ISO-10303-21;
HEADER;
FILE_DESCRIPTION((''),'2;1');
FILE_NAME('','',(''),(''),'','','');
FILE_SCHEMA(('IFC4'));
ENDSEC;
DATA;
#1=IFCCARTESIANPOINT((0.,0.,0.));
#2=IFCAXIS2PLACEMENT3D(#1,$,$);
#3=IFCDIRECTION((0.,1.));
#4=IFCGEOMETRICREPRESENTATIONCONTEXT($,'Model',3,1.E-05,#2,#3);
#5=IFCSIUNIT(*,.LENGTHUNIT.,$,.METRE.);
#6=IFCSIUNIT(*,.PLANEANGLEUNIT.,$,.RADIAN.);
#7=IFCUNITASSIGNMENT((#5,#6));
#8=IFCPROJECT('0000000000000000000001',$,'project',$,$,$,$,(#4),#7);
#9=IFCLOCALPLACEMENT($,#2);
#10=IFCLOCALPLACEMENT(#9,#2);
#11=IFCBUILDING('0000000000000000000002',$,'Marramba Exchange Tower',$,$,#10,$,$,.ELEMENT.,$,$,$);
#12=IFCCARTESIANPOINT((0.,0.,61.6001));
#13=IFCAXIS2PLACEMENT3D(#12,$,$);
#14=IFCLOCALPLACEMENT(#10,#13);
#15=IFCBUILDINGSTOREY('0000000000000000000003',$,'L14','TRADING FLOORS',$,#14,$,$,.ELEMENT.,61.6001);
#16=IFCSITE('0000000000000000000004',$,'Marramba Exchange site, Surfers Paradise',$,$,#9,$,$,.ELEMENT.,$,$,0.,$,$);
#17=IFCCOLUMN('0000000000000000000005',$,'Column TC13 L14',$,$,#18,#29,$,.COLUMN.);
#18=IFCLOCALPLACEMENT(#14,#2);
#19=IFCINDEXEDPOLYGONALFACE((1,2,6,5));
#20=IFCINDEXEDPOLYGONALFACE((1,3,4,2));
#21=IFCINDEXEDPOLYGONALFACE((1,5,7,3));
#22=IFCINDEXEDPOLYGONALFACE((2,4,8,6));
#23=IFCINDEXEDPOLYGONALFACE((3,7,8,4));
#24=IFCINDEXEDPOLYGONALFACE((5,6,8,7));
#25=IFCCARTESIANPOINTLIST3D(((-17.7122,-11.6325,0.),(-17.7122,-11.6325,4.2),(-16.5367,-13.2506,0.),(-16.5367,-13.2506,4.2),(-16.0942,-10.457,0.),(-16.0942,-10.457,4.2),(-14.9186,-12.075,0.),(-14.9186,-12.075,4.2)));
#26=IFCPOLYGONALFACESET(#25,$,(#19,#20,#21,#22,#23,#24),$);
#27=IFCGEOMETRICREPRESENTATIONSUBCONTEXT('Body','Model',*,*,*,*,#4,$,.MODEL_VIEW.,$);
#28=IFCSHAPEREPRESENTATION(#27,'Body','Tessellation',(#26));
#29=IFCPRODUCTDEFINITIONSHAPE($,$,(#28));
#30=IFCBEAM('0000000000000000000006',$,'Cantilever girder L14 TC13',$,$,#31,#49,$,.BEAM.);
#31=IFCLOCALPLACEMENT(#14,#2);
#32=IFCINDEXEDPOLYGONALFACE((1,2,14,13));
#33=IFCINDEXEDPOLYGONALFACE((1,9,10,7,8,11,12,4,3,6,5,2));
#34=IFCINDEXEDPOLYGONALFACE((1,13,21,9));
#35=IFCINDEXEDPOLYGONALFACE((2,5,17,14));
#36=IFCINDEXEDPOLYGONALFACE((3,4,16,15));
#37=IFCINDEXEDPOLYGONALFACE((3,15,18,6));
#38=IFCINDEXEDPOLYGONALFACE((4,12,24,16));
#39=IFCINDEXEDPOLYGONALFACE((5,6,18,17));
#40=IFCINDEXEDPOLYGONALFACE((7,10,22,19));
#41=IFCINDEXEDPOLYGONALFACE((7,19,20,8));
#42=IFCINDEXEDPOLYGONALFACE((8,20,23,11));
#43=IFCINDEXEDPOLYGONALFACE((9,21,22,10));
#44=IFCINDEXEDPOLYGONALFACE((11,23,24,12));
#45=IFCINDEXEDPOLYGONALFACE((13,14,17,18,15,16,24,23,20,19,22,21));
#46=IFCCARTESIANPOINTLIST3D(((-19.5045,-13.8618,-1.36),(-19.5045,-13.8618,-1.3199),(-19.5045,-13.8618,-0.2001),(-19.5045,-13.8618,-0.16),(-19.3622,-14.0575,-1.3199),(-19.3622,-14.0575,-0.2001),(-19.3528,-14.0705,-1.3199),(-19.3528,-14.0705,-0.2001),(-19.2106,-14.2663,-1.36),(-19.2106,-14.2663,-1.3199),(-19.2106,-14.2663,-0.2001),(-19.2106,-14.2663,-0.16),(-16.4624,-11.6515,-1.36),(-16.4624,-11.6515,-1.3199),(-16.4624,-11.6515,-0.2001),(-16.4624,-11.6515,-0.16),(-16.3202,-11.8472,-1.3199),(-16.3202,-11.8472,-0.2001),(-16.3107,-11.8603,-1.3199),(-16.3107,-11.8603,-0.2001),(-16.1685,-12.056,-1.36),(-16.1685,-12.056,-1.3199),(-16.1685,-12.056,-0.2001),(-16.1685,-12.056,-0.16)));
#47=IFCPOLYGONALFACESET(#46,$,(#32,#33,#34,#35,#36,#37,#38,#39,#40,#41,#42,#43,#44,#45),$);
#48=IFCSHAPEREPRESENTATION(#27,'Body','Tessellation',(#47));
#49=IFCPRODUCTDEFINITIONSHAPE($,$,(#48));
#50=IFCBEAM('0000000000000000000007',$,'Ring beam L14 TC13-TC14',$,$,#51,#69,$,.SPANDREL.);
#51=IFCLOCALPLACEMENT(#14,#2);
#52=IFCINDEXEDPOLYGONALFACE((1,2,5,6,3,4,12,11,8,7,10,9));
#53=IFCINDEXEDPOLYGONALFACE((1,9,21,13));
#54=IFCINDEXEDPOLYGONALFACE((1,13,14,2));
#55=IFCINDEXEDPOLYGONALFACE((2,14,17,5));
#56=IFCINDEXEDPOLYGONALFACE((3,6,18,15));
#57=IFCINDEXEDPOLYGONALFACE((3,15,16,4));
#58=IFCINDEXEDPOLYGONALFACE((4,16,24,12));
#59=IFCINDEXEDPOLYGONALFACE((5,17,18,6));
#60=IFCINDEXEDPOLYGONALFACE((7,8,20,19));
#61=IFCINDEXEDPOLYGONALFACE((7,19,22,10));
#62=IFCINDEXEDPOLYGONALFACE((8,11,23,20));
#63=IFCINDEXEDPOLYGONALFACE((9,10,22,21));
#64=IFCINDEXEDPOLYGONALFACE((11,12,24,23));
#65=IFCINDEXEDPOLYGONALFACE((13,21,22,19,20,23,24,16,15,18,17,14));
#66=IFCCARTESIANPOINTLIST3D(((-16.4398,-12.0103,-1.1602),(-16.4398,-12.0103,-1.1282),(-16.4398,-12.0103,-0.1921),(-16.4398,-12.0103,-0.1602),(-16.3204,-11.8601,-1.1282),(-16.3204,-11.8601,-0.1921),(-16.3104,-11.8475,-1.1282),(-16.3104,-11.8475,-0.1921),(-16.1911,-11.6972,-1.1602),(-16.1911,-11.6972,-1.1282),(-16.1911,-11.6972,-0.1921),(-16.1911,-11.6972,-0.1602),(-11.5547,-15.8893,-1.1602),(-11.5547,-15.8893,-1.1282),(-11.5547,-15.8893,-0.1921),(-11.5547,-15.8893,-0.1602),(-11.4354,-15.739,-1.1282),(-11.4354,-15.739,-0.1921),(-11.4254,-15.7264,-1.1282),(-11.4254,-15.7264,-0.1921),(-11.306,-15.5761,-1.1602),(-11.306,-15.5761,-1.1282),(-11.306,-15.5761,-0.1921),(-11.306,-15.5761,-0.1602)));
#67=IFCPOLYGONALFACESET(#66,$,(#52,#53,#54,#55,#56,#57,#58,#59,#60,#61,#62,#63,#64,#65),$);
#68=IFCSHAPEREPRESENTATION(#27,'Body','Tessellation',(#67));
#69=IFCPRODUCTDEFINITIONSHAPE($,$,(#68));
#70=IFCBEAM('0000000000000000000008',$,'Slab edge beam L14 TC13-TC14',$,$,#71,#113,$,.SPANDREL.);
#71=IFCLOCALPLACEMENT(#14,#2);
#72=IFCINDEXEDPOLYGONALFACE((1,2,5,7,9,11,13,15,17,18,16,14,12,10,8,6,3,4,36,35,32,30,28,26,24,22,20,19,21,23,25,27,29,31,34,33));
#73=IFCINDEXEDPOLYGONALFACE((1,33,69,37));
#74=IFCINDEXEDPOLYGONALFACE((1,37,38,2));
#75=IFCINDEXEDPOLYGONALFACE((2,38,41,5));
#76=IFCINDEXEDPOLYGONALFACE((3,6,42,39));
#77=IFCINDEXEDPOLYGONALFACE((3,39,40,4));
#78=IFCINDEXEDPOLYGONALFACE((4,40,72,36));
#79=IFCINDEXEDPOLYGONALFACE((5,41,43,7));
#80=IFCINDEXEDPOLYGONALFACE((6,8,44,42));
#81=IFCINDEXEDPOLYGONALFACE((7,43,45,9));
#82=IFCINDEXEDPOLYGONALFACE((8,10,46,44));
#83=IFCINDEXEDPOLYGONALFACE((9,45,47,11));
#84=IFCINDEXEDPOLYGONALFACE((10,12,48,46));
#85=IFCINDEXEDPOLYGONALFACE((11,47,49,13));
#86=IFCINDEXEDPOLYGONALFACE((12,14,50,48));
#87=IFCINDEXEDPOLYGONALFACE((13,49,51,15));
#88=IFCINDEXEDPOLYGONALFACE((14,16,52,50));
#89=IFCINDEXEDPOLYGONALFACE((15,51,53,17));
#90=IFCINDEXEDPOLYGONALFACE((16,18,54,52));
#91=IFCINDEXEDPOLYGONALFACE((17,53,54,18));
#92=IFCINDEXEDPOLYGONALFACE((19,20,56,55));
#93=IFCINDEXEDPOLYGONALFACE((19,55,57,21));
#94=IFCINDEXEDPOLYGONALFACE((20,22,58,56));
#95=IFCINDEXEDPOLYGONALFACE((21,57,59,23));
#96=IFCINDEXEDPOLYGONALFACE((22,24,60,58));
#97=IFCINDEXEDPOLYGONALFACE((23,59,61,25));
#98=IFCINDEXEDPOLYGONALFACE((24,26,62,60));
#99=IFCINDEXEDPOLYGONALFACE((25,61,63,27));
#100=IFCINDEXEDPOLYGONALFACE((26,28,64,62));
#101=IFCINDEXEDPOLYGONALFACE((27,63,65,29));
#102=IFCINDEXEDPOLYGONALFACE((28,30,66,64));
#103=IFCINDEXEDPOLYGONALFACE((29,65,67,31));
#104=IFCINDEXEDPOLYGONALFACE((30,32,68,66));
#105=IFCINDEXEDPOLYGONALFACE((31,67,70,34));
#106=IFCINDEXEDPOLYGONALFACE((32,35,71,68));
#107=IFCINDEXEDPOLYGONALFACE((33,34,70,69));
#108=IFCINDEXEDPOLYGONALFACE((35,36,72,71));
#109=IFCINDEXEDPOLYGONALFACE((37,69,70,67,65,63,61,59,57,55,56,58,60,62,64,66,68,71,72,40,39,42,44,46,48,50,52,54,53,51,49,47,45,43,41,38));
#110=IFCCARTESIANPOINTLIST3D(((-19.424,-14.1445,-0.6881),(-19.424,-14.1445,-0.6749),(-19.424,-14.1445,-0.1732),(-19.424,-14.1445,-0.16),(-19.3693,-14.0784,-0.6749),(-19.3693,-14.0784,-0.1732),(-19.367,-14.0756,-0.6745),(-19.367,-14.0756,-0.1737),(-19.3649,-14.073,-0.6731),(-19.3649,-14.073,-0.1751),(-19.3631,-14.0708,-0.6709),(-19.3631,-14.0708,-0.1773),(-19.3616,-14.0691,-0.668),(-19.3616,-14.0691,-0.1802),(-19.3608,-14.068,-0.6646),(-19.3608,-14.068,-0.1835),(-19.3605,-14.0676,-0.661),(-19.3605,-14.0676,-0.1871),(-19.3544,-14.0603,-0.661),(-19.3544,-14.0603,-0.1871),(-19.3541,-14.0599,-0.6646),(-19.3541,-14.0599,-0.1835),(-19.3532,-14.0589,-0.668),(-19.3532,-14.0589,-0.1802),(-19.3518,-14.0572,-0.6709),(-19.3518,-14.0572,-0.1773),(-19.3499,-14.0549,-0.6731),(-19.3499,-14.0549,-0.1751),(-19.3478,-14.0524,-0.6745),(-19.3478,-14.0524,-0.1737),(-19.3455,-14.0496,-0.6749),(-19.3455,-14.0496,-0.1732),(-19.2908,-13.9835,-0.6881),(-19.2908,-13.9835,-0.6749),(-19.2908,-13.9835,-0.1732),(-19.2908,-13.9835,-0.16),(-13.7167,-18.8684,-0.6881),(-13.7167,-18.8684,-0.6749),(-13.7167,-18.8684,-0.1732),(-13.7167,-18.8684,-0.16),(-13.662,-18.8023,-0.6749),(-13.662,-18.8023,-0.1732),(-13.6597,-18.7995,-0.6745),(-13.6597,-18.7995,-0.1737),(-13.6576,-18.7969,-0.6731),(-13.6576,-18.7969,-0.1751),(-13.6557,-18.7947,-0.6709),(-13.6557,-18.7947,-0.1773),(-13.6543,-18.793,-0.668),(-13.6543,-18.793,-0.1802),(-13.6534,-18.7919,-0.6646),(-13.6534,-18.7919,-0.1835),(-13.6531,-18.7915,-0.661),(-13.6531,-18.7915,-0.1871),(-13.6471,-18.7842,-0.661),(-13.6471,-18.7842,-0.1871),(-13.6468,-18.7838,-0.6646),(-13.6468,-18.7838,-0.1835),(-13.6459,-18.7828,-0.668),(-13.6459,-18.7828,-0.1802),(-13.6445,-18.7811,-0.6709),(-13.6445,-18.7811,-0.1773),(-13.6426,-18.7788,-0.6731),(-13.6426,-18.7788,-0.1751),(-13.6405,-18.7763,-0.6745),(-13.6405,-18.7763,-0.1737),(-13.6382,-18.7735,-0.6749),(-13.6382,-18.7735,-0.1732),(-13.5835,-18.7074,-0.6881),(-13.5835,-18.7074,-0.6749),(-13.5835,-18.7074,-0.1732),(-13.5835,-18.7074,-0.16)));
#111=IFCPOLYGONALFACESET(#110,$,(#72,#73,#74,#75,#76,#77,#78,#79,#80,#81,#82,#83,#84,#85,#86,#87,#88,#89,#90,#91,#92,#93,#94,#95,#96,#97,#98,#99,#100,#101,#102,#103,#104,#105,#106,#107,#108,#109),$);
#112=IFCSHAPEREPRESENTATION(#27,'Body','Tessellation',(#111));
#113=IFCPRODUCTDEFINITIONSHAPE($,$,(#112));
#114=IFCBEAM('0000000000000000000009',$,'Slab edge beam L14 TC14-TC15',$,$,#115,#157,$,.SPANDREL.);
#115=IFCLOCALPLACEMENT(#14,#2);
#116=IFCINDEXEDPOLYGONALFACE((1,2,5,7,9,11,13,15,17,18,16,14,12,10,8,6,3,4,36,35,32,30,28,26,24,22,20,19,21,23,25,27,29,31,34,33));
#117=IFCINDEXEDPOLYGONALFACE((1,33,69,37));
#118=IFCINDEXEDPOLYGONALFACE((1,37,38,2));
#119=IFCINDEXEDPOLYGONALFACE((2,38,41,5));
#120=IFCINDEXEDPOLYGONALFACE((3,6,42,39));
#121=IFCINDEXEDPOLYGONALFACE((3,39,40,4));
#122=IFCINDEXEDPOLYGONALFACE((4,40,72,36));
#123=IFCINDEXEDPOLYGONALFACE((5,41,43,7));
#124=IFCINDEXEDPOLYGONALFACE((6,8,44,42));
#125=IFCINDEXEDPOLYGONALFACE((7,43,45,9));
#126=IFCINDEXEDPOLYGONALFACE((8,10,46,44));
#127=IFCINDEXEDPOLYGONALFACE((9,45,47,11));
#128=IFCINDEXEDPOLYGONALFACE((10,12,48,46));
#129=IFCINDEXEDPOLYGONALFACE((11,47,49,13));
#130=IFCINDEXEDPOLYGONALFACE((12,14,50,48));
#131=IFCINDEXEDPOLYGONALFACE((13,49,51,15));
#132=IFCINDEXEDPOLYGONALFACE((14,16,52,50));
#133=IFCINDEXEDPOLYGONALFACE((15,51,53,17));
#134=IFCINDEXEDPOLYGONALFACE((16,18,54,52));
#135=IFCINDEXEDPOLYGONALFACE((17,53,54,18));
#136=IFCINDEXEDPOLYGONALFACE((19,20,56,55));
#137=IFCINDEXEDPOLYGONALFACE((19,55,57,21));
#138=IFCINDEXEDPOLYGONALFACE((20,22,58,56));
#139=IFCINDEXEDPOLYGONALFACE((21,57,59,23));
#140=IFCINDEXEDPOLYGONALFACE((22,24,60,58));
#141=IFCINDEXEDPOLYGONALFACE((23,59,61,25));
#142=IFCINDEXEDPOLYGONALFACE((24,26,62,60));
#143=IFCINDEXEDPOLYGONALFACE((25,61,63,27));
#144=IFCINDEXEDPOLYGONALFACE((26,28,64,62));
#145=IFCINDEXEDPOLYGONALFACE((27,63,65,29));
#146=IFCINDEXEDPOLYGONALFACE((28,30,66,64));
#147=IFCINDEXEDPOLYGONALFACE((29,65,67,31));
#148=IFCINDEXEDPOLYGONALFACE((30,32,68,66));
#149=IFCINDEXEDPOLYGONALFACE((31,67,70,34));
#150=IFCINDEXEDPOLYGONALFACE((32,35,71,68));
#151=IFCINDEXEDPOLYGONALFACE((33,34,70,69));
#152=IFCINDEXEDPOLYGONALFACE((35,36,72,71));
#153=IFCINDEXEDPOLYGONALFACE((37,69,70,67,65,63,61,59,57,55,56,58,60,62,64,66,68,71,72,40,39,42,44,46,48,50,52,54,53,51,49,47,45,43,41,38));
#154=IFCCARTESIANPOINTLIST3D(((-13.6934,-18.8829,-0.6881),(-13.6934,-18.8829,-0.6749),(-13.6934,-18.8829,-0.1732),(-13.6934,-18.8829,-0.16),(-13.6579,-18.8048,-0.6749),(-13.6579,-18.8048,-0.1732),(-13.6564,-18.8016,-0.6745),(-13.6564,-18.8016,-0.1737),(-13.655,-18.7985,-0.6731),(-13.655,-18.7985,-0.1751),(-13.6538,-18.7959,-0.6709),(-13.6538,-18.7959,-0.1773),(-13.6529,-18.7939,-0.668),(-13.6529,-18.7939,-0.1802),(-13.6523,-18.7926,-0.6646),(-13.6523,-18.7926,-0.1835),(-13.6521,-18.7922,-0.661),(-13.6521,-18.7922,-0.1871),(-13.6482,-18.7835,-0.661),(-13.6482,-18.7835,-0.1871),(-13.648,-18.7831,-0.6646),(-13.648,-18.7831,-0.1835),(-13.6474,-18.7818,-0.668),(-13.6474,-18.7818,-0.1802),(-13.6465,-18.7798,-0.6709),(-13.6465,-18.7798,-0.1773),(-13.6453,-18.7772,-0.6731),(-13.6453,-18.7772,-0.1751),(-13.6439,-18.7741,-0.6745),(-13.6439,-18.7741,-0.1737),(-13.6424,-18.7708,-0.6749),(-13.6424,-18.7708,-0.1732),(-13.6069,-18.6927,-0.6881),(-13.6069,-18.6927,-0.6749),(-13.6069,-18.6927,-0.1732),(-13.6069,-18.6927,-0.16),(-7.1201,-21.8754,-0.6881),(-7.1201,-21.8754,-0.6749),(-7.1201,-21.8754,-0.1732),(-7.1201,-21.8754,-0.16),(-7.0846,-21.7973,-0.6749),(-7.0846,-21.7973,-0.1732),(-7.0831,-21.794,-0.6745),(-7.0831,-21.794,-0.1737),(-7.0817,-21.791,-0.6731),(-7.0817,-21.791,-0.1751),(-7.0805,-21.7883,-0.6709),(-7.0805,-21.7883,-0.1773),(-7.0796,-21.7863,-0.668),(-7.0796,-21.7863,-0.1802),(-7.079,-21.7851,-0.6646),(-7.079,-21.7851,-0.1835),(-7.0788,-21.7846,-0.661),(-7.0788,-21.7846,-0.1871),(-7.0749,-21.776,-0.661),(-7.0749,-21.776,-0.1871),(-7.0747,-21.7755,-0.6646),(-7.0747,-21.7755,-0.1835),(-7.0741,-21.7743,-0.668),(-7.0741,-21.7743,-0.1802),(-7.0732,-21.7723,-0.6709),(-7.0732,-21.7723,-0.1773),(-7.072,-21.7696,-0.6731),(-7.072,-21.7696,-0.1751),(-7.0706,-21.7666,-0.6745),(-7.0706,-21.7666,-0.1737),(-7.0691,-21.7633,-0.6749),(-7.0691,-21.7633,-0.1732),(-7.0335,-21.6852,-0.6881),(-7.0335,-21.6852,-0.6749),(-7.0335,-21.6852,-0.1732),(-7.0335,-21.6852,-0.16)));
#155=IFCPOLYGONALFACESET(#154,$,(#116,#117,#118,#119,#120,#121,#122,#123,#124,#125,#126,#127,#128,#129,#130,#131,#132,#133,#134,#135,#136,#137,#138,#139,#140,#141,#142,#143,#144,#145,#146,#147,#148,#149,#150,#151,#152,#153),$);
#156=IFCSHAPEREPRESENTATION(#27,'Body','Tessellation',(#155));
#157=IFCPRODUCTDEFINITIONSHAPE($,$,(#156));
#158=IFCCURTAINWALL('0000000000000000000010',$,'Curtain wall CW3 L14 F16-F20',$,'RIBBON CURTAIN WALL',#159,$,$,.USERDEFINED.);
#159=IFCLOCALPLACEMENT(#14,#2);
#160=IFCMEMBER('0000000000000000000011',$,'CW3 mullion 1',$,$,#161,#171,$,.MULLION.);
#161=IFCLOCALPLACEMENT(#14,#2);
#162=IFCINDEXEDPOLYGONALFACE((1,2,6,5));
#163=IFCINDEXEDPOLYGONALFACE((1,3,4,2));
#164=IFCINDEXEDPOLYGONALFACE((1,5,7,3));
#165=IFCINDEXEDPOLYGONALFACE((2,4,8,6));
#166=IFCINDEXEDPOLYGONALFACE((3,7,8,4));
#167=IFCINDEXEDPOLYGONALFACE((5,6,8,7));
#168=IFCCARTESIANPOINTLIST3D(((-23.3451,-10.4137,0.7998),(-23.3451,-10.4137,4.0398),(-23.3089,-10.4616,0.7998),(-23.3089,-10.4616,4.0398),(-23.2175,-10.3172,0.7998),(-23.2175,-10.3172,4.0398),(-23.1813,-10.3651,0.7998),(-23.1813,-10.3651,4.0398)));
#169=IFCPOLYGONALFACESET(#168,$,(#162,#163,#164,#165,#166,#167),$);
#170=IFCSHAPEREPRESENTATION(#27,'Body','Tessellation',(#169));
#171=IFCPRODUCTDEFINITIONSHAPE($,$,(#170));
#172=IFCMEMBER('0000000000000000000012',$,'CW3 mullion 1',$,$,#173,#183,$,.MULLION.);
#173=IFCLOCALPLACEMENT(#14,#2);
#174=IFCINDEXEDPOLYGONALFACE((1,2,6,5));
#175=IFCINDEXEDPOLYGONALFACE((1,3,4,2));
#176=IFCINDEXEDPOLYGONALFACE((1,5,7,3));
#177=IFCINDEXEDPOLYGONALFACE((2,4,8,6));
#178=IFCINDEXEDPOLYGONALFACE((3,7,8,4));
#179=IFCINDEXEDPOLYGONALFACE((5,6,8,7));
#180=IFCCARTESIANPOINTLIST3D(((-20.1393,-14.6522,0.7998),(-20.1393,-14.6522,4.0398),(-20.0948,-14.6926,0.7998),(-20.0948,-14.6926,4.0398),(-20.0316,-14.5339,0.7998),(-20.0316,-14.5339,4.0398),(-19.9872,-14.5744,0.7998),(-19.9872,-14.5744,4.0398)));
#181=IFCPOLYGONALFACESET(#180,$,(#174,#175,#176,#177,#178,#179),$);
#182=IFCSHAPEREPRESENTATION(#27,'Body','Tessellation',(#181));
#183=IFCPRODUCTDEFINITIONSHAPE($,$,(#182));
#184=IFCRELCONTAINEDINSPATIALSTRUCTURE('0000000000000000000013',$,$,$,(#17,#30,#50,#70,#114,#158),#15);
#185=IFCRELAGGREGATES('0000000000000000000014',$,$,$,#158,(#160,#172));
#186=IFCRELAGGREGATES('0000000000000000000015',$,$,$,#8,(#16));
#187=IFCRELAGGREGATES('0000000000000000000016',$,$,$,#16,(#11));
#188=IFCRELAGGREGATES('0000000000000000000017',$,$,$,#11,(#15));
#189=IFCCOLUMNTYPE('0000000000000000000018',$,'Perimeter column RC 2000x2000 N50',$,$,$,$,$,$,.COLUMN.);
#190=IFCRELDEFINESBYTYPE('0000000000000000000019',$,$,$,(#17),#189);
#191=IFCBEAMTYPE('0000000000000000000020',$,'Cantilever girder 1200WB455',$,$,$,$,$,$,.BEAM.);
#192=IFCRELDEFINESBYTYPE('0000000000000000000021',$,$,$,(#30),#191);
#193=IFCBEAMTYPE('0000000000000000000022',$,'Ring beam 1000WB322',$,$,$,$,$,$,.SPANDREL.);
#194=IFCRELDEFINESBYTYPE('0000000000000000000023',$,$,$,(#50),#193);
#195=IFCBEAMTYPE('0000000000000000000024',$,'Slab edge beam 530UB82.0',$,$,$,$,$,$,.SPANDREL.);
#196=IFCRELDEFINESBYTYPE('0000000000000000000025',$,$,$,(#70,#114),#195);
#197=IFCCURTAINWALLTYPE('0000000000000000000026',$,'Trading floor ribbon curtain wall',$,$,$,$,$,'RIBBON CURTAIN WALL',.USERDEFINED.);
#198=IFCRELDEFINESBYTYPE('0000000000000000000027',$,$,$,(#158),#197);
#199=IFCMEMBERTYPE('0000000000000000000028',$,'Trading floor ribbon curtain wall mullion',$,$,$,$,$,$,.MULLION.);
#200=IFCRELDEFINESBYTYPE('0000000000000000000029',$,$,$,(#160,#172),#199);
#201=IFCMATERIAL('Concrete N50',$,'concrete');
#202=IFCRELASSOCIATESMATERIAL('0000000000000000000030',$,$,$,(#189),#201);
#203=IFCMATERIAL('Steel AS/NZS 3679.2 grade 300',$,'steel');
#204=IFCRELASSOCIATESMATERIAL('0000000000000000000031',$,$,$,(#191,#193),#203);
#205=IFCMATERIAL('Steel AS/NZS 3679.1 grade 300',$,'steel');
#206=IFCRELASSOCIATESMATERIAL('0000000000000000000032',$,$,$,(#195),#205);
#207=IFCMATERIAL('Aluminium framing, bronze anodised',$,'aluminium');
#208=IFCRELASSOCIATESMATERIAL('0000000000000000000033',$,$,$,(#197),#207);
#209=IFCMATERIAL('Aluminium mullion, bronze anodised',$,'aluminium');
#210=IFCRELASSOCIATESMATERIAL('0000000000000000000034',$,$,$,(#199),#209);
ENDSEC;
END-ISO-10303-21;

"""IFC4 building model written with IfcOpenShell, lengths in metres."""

from ifc_helpers import new_model, si_unit, direction, frame, origin, origin_2d, place, context, subcontext, project, spatial, rectangle, i_section, extrude, material, material_profile, profile_set, type_object, element, aggregate, save


model = new_model("IFC4")

# Units and contexts
model_context = context("Model", 3, precision=1e-05, world=origin(), true_north=direction((0.0, 1.0)))
body_context = subcontext(model_context, "Body", "Model", "MODEL_VIEW")
ifc_project = project(units=[si_unit("LENGTHUNIT", "METRE"), si_unit("PLANEANGLEUNIT", "RADIAN")], contexts=[model_context])

# Site, building, storey
site_placement = place(None, origin())
site = spatial("IfcSite", under=ifc_project, at=site_placement, Name="Marramba Exchange site, Surfers Paradise", CompositionType="ELEMENT", RefElevation=0.0)
building_placement = place(site_placement, origin())
building = spatial("IfcBuilding", under=site, at=building_placement, Name="Marramba Exchange Tower", CompositionType="ELEMENT")
storey_placement = place(building_placement, frame((0.0, 0.0, 61.6001)))
storey = spatial("IfcBuildingStorey", under=building, at=storey_placement, Name="L14", Description="TRADING FLOORS", CompositionType="ELEMENT", Elevation=61.6001)

# Column
ifc_material_1 = material(Name="Concrete N50", Category="concrete")
ifc_material_profile_1 = material_profile(ifc_material_1, rectangle(XDim=2.0, YDim=2.0, at=origin_2d()), Name="RC 2000x2000")
ifc_profile_set_1 = profile_set([ifc_material_profile_1], Name="Concrete N50")
column_type = type_object("IfcColumnType", Name="Perimeter column RC 2000x2000 N50", PredefinedType="COLUMN", material=ifc_profile_set_1)
column_placement = place(storey_placement, frame((-16.3154, -11.8538, 0.0), z_axis=(0.0, 0.0, 1.0), x_axis=(-0.809017, -0.587785, 0.0)))
element("IfcColumn", 1, at=column_placement, inside=storey, type_object=column_type, Name="Column TC13 L14", PredefinedType="COLUMN", context=body_context, shape_type="SweptSolid", body=[
    extrude(rectangle(XDim=2.0, YDim=2.0, at=origin_2d()), origin(), (0.0, 0.0, 1.0), 4.2),
])

# Beams
ifc_material_2 = material(Name="Steel AS/NZS 3679.2 grade 300", Category="steel")
ifc_material_profile_2 = material_profile(ifc_material_2, i_section(OverallWidth=0.5, OverallDepth=1.2, WebThickness=0.0161, FlangeThickness=0.04, at=origin_2d()), Name="1200WB455")
ifc_profile_set_2 = profile_set([ifc_material_profile_2], Name="Steel AS/NZS 3679.2 grade 300")
beam_type_1 = type_object("IfcBeamType", Name="Cantilever girder 1200WB455", PredefinedType="BEAM", material=ifc_profile_set_2)
beam_1_placement = place(storey_placement, frame((-16.3154, -11.8538, -0.76), z_axis=(-0.809008, -0.587797, 0.0), x_axis=(0.587797, -0.809008, 0.0)))
element("IfcBeam", 2, at=beam_1_placement, inside=storey, type_object=beam_type_1, Name="Cantilever girder L14 TC13", PredefinedType="BEAM", context=body_context, shape_type="SweptSolid", body=[
    extrude(i_section(OverallWidth=0.5, OverallDepth=1.2, WebThickness=0.0161, FlangeThickness=0.04, at=origin_2d()), origin(), (0.0, 0.0, 1.0), 3.7603),
])
ifc_material_profile_3 = material_profile(ifc_material_2, i_section(OverallWidth=0.3999, OverallDepth=1.0, WebThickness=0.0161, FlangeThickness=0.032, at=origin_2d()), Name="1000WB322")
ifc_profile_set_3 = profile_set([ifc_material_profile_3], Name="Steel AS/NZS 3679.2 grade 300")
beam_type_2 = type_object("IfcBeamType", Name="Ring beam 1000WB322", PredefinedType="SPANDREL", material=ifc_profile_set_3)
beam_2_placement = place(storey_placement, frame((-16.3154, -11.8538, -0.6602), z_axis=(0.783139, -0.621846, 0.0), x_axis=(0.621846, 0.783139, 0.0)))
element("IfcBeam", 3, at=beam_2_placement, inside=storey, type_object=beam_type_2, Name="Ring beam L14 TC13-TC14", PredefinedType="SPANDREL", context=body_context, shape_type="SweptSolid", body=[
    extrude(i_section(OverallWidth=0.3999, OverallDepth=1.0, WebThickness=0.0161, FlangeThickness=0.032, at=origin_2d()), origin(), (0.0, 0.0, 1.0), 6.2378),
])
ifc_material_3 = material(Name="Steel AS/NZS 3679.1 grade 300", Category="steel")
ifc_material_profile_4 = material_profile(ifc_material_3, i_section(OverallWidth=0.209, OverallDepth=0.5281, WebThickness=0.0095, FlangeThickness=0.0132, FilletRadius=0.0139, at=origin_2d()), Name="530UB82.0")
ifc_profile_set_4 = profile_set([ifc_material_profile_4], Name="Steel AS/NZS 3679.1 grade 300")
beam_type_3 = type_object("IfcBeamType", Name="Slab edge beam 530UB82.0", PredefinedType="SPANDREL", material=ifc_profile_set_4)
beam_3_placement = place(storey_placement, frame((-19.3574, -14.064, -0.4241), z_axis=(0.770354, -0.637617, 0.0), x_axis=(0.637617, 0.770354, 0.0)))
element("IfcBeam", 4, at=beam_3_placement, inside=storey, type_object=beam_type_3, Name="Slab edge beam L14 TC13-TC14", PredefinedType="SPANDREL", context=body_context, shape_type="SweptSolid", body=[
    extrude(i_section(OverallWidth=0.209, OverallDepth=0.5281, WebThickness=0.0095, FlangeThickness=0.0132, FilletRadius=0.0139, at=origin_2d()), origin(), (0.0, 0.0, 1.0), 7.4087),
])
beam_4_placement = place(storey_placement, frame((-13.6501, -18.7878, -0.4241), z_axis=(0.910127, -0.41433, 0.0), x_axis=(0.41433, 0.910127, 0.0)))
element("IfcBeam", 5, at=beam_4_placement, inside=storey, type_object=beam_type_3, Name="Slab edge beam L14 TC14-TC15", PredefinedType="SPANDREL", context=body_context, shape_type="SweptSolid", body=[
    extrude(i_section(OverallWidth=0.209, OverallDepth=0.5281, WebThickness=0.0095, FlangeThickness=0.0132, FilletRadius=0.0139, at=origin_2d()), origin(), (0.0, 0.0, 1.0), 7.2224),
])

# Curtain wall, members
ifc_material_4 = material(Name="Aluminium framing, bronze anodised", Category="aluminium")
curtain_wall_type = type_object("IfcCurtainWallType", Name="Trading floor ribbon curtain wall", ElementType="RIBBON CURTAIN WALL", PredefinedType="USERDEFINED", material=ifc_material_4)
curtain_wall_placement = place(storey_placement, origin())
curtain_wall = element("IfcCurtainWall", 6, at=curtain_wall_placement, inside=storey, type_object=curtain_wall_type, Name="Curtain wall CW3 L14 F16-F20", ObjectType="RIBBON CURTAIN WALL", PredefinedType="USERDEFINED")
ifc_material_5 = material(Name="Aluminium mullion, bronze anodised", Category="aluminium")
ifc_material_profile_5 = material_profile(ifc_material_5, rectangle(XDim=0.1599, YDim=0.0601, at=origin_2d()), Name="CW3 mullion 60x160")
ifc_profile_set_5 = profile_set([ifc_material_profile_5], Name="Aluminium mullion, bronze anodised")
member_type_1 = type_object("IfcMemberType", Name="Trading floor ribbon curtain wall mullion", PredefinedType="MULLION", material=ifc_profile_set_5)
member_1_placement = place(storey_placement, frame((-23.2632, -10.3894, 0.7998), z_axis=(0.0, 0.0, 1.0), x_axis=(0.797711, 0.60304, 0.0)))
member_1 = element("IfcMember", 7, at=member_1_placement, type_object=member_type_1, Name="CW3 mullion 1", PredefinedType="MULLION", context=body_context, shape_type="SweptSolid", body=[
    extrude(rectangle(XDim=0.1599, YDim=0.0601, at=origin_2d()), origin(), (0.0, 0.0, 1.0), 3.24),
])
member_2_placement = place(storey_placement, frame((-20.0632, -14.6133, 0.7998), z_axis=(0.0, 0.0, 1.0), x_axis=(0.673058, 0.73959, 0.0)))
member_2 = element("IfcMember", 8, at=member_2_placement, type_object=member_type_1, Name="CW3 mullion 1", PredefinedType="MULLION", context=body_context, shape_type="SweptSolid", body=[
    extrude(rectangle(XDim=0.1599, YDim=0.0601, at=origin_2d()), origin(), (0.0, 0.0, 1.0), 3.24),
])
aggregate(curtain_wall, [member_1, member_2])

save(model, "model.ifc")
